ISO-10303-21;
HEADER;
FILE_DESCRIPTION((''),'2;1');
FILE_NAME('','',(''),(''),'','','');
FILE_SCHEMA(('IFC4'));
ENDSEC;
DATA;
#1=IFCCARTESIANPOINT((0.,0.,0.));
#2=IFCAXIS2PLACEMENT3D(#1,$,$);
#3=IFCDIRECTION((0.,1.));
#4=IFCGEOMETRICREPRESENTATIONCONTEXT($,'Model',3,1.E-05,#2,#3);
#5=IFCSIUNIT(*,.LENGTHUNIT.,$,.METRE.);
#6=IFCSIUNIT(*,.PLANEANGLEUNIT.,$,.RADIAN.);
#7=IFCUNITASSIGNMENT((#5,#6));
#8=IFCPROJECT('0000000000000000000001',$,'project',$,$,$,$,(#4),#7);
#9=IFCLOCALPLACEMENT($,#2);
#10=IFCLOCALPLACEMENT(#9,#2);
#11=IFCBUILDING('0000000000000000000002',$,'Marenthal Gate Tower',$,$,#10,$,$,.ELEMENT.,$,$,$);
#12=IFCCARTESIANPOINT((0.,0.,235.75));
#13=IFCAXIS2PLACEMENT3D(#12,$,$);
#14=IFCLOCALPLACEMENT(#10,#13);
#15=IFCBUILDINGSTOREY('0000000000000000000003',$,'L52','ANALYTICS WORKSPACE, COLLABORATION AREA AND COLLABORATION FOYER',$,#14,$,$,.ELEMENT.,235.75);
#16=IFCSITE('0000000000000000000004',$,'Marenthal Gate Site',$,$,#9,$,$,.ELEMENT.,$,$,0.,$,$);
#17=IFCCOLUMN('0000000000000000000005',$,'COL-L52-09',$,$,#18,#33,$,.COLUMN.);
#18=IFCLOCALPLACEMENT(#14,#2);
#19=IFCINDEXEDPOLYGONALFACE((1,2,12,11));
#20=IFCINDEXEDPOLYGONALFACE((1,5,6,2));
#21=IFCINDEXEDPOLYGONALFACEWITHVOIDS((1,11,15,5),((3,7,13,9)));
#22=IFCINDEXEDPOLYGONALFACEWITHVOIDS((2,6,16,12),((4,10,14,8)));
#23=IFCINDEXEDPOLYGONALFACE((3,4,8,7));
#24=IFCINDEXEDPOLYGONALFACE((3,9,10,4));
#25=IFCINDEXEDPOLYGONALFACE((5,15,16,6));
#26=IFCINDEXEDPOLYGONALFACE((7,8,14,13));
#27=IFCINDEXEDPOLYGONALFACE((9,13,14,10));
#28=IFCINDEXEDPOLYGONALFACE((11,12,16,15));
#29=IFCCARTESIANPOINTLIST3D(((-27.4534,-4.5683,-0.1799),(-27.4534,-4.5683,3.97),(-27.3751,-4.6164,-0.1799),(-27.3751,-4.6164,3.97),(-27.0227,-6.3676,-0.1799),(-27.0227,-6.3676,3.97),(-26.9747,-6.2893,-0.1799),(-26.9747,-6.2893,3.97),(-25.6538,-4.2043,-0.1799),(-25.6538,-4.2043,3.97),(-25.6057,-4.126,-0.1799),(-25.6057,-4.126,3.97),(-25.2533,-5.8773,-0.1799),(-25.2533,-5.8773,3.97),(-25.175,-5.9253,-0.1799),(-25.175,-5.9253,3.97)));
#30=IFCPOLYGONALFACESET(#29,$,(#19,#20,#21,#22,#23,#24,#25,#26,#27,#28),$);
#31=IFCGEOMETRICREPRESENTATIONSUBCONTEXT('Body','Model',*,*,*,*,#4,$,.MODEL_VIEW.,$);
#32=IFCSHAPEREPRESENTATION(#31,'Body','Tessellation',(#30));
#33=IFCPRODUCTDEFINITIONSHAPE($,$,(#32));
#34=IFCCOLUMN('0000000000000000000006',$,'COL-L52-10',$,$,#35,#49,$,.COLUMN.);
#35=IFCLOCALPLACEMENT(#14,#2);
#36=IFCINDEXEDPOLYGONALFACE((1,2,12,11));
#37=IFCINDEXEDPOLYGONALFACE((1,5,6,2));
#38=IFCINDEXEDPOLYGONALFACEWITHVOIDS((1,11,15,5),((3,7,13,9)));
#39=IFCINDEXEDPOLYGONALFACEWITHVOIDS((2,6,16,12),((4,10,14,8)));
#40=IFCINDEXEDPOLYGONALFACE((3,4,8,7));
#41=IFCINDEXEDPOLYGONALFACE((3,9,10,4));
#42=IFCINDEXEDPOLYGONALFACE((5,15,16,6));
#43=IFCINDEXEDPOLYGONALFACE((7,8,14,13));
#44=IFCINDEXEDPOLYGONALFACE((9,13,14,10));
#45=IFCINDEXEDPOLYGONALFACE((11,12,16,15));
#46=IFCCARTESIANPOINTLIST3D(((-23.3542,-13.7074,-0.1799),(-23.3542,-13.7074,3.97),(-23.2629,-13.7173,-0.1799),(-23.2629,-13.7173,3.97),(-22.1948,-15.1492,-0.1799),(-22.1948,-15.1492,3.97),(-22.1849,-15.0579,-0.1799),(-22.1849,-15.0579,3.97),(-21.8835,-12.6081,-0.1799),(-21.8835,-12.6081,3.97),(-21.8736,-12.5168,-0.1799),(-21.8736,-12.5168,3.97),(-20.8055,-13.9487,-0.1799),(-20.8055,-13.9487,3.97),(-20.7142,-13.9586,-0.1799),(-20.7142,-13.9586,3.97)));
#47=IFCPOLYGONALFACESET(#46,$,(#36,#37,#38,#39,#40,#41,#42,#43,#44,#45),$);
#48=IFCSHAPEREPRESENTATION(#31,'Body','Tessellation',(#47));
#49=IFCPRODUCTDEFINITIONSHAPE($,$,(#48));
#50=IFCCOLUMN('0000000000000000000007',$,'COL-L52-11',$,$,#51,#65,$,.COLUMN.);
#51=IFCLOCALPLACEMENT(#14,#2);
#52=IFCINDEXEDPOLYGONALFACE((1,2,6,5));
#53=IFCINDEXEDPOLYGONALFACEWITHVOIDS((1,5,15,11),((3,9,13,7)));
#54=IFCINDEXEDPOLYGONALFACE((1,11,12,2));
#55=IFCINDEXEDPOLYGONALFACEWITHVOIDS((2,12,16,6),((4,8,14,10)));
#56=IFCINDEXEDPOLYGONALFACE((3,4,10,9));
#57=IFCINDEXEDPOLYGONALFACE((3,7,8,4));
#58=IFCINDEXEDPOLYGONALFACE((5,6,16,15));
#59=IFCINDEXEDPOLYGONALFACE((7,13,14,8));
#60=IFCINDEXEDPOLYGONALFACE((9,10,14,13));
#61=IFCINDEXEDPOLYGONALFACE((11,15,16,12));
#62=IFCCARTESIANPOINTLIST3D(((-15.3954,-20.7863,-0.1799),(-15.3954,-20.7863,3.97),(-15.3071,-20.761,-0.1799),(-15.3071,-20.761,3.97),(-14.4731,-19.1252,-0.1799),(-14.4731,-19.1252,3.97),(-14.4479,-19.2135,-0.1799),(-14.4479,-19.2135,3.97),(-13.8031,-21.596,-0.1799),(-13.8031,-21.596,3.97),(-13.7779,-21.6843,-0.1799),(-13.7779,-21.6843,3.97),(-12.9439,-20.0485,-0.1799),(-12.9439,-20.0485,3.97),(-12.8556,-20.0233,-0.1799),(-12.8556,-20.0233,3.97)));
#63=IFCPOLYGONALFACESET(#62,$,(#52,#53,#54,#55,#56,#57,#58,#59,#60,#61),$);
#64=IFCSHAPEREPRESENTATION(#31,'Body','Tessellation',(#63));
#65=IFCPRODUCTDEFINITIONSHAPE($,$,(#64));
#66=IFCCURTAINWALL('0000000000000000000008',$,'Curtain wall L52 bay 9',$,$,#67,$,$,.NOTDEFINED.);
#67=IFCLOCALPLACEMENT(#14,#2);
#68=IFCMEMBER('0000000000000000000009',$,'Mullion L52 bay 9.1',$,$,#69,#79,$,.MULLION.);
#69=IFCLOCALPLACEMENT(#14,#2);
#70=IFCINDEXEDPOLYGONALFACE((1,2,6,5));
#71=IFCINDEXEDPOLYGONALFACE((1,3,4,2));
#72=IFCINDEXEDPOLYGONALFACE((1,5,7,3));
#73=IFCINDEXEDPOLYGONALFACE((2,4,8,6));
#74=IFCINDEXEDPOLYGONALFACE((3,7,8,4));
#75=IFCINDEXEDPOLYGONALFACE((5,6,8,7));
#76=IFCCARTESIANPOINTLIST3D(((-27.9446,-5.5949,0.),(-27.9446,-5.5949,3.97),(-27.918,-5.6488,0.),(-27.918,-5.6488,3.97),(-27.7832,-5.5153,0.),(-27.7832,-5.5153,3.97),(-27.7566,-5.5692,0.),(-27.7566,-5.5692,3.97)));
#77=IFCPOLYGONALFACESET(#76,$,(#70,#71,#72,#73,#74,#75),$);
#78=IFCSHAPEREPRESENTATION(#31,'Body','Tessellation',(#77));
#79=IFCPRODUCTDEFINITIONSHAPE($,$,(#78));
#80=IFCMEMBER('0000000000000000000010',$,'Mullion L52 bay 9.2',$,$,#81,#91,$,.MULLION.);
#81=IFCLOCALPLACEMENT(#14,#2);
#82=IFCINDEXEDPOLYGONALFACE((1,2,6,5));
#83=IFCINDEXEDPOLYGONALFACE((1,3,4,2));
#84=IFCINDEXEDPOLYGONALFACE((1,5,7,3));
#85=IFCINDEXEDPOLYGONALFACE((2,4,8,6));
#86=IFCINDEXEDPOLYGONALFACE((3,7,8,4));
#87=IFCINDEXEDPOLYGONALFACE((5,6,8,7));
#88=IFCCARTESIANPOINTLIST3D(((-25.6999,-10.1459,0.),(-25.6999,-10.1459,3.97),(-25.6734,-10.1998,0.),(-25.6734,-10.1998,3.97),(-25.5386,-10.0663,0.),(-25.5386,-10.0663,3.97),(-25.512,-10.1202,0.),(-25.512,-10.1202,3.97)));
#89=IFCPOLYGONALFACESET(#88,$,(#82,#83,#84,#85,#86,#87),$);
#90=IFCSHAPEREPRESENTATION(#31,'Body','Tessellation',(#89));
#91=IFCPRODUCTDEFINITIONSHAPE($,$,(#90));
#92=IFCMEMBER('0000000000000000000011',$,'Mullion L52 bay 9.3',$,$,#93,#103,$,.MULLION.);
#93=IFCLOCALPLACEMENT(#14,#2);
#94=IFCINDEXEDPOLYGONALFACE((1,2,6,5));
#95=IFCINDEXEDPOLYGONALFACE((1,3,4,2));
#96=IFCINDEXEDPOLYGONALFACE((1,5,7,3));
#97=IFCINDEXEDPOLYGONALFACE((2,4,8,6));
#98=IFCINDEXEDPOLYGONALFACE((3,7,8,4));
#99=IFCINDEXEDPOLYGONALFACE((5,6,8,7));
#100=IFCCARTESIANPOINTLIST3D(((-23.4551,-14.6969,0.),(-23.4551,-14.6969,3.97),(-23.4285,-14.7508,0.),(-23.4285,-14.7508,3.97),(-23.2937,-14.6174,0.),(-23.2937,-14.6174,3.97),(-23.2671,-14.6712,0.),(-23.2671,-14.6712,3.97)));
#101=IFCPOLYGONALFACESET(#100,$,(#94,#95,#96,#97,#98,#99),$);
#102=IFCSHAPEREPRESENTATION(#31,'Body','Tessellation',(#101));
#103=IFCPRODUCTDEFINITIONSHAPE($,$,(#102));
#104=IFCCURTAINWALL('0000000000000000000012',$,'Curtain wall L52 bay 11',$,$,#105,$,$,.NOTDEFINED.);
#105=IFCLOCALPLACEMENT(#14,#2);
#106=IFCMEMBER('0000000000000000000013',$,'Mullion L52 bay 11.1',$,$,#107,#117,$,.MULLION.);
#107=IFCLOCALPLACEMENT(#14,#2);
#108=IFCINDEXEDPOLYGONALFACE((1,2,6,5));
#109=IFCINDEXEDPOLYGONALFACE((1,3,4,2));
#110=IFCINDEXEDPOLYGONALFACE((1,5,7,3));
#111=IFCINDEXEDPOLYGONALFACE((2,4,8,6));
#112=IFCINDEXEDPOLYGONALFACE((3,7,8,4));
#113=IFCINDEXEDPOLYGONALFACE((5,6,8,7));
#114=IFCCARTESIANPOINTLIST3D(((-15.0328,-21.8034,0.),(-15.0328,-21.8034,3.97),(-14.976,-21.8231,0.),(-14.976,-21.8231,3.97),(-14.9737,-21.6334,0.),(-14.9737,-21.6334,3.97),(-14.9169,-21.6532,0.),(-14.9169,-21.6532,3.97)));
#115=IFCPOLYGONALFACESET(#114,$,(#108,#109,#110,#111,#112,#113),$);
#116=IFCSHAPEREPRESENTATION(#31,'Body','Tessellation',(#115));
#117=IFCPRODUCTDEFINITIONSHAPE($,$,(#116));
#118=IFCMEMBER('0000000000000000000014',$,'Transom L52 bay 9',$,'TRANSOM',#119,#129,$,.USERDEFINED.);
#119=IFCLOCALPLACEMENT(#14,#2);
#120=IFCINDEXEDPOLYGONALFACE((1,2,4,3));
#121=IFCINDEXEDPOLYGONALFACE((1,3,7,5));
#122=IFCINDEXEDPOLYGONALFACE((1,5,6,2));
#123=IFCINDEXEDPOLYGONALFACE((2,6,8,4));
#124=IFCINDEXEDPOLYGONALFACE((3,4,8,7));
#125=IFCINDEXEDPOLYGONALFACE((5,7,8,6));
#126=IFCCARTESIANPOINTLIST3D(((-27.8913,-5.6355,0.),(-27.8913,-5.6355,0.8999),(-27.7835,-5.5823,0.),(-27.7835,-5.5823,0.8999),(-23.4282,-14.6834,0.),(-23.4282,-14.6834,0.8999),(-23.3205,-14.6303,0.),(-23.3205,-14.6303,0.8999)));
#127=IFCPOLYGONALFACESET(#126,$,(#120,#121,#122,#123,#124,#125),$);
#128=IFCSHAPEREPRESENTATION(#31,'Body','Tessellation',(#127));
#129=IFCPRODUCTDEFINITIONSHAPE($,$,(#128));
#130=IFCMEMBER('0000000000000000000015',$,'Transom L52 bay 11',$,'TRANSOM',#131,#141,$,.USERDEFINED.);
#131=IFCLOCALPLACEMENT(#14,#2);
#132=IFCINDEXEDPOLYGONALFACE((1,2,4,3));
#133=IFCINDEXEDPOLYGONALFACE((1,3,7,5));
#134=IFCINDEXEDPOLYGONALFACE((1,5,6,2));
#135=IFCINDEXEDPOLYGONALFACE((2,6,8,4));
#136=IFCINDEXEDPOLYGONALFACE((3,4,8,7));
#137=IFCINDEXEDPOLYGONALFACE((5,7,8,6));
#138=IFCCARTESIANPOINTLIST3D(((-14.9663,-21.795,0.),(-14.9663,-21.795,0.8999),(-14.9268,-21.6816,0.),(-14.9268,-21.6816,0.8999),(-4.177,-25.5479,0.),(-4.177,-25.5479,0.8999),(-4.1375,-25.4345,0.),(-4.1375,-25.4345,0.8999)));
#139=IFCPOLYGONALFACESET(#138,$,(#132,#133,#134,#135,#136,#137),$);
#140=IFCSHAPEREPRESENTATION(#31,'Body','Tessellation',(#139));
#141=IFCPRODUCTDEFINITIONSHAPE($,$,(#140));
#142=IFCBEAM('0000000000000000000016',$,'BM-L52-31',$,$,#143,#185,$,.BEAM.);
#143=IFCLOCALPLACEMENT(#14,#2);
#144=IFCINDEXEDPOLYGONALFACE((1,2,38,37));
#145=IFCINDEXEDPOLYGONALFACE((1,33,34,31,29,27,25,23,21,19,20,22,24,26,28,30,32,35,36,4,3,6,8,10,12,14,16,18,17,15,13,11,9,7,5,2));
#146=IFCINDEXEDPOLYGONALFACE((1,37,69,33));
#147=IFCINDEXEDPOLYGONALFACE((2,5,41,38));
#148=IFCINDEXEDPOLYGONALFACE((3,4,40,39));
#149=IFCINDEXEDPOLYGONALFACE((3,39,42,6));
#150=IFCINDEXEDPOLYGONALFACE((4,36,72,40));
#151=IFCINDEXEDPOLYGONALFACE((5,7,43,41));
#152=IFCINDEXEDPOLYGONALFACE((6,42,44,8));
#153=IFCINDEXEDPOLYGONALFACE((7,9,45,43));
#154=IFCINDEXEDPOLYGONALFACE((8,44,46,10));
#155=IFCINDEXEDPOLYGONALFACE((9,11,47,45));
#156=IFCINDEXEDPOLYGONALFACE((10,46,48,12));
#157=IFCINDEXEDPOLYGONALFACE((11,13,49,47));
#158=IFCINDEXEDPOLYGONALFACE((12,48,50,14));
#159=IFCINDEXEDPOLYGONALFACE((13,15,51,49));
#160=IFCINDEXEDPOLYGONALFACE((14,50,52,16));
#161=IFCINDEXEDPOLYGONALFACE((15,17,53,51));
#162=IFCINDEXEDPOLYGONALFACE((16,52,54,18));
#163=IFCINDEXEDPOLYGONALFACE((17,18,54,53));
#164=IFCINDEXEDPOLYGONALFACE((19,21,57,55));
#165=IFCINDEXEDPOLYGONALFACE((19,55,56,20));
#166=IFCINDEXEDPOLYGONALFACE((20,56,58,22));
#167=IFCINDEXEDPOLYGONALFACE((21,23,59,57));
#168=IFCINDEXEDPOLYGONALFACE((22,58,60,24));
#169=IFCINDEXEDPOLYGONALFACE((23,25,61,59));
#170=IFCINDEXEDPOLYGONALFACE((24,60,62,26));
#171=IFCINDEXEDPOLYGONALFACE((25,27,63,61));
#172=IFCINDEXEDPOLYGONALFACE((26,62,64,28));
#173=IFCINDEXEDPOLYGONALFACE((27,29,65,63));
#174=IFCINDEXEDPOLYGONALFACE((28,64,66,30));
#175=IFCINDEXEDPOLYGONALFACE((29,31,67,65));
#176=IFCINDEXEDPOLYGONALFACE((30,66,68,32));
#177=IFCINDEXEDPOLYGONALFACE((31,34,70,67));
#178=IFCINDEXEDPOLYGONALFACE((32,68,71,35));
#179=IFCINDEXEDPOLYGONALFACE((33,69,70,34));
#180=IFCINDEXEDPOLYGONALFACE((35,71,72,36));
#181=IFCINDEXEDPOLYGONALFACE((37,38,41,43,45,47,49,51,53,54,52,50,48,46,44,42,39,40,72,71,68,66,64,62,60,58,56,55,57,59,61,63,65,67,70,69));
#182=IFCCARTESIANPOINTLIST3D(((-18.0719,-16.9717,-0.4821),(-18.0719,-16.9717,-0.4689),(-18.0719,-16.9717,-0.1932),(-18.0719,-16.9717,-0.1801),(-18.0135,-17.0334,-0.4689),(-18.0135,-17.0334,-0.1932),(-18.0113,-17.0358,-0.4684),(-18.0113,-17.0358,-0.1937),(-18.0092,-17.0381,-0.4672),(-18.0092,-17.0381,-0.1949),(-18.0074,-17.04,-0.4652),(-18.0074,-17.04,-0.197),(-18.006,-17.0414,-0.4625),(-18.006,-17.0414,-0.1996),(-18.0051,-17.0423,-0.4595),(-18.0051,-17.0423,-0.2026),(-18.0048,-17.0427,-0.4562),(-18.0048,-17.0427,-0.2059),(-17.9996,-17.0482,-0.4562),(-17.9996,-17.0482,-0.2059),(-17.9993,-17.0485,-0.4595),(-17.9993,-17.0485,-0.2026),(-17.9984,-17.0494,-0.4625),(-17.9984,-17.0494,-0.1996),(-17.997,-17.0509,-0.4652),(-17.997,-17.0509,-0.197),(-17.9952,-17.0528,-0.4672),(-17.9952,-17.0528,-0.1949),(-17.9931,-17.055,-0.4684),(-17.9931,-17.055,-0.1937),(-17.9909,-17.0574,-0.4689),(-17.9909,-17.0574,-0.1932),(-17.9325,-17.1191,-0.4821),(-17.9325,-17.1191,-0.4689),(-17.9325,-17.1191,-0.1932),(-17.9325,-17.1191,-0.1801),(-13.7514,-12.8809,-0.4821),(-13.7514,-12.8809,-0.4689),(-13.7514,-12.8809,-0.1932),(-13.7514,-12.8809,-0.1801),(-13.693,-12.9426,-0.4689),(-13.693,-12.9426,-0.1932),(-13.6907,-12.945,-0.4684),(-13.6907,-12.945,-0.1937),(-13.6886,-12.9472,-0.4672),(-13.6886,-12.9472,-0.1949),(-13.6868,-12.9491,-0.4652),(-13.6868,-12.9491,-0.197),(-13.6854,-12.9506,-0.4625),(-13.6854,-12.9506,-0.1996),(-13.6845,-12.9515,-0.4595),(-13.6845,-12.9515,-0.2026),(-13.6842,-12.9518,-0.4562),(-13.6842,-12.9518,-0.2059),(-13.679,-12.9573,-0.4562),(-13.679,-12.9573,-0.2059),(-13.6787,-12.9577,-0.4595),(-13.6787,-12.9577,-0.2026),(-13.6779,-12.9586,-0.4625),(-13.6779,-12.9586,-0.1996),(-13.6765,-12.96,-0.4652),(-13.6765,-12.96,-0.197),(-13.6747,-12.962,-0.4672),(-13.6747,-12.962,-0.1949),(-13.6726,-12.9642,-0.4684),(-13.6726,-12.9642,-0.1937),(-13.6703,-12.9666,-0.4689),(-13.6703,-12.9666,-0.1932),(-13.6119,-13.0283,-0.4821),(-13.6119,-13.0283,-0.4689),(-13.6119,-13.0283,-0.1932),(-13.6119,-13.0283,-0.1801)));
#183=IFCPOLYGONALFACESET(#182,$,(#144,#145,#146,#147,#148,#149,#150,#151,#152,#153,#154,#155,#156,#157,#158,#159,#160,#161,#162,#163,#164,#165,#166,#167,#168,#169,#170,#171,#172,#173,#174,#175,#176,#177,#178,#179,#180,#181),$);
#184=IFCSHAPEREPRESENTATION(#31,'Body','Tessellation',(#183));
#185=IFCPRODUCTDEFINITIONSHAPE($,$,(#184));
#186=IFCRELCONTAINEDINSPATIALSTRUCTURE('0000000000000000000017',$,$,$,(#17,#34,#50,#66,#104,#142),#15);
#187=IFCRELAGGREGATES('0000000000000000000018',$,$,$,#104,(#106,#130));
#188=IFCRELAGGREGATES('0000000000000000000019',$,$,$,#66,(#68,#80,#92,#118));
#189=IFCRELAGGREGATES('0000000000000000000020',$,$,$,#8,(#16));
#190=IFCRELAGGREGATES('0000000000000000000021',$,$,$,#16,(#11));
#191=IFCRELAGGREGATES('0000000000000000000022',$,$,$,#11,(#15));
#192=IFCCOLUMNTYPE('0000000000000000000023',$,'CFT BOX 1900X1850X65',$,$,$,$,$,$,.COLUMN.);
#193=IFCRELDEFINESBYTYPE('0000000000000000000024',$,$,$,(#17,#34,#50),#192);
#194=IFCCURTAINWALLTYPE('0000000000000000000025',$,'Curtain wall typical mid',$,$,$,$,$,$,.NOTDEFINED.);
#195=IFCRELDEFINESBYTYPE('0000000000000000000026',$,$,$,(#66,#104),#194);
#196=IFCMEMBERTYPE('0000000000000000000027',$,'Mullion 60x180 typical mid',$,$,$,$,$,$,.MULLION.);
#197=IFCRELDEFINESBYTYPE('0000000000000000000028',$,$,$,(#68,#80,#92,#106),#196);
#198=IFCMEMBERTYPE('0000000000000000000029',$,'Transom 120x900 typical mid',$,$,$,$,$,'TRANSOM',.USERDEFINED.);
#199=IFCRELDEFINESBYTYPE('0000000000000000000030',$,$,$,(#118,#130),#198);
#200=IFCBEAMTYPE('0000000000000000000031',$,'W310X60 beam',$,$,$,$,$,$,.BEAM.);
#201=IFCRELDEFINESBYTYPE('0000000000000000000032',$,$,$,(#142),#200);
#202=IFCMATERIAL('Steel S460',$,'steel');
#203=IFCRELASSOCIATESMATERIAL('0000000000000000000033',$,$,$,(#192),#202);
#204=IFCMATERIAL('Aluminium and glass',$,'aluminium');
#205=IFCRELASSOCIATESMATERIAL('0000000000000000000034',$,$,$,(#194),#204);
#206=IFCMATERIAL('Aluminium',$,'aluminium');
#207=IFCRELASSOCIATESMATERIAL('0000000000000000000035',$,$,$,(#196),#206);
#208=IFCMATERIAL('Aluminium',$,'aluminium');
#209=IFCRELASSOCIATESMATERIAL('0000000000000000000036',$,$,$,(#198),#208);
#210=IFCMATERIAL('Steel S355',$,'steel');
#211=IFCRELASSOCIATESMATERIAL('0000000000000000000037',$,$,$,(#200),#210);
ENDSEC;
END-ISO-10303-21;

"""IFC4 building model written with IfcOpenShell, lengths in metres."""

from ifc_helpers import new_model, si_unit, direction, frame, origin, origin_2d, place, context, subcontext, project, spatial, rectangle, hollow_rectangle, i_section, extrude, material, material_profile, profile_set, type_object, element, aggregate, save


model = new_model("IFC4")

# Units and contexts
model_context = context("Model", 3, precision=1e-05, world=origin(), true_north=direction((0.0, 1.0)))
body_context = subcontext(model_context, "Body", "Model", "MODEL_VIEW")
ifc_project = project(units=[si_unit("LENGTHUNIT", "METRE"), si_unit("PLANEANGLEUNIT", "RADIAN")], contexts=[model_context])

# Site, building, storey
site_placement = place(None, origin())
site = spatial("IfcSite", under=ifc_project, at=site_placement, Name="Marenthal Gate Site", CompositionType="ELEMENT", RefElevation=0.0)
building_placement = place(site_placement, origin())
building = spatial("IfcBuilding", under=site, at=building_placement, Name="Marenthal Gate Tower", CompositionType="ELEMENT")
storey_placement = place(building_placement, frame((0.0, 0.0, 235.75)))
storey = spatial("IfcBuildingStorey", under=building, at=storey_placement, Name="L52", Description="ANALYTICS WORKSPACE, COLLABORATION AREA AND COLLABORATION FOYER", CompositionType="ELEMENT", Elevation=235.75)

# Columns
ifc_material_1 = material(Name="Steel S460", Category="steel")
ifc_material_profile_1 = material_profile(ifc_material_1, hollow_rectangle(XDim=1.8501, YDim=1.8999, WallThickness=0.0649, at=origin_2d()), Name="CFT BOX 1900X1850X65")
ifc_material_2 = material(Name="Concrete 70 MPa", Category="concrete")
ifc_material_profile_2 = material_profile(ifc_material_2, rectangle(XDim=1.72, YDim=1.77, at=origin_2d()), Name="CFT BOX 1900X1850X65 INFILL")
ifc_profile_set_1 = profile_set([ifc_material_profile_1, ifc_material_profile_2], Name="Steel S460 shell, Concrete 70 MPa infill")
column_type = type_object("IfcColumnType", Name="CFT BOX 1900X1850X65", PredefinedType="COLUMN", material=ifc_profile_set_1)
for number, where, z_axis, x_axis, name in (
    (1, (-26.3142, -5.2468, -0.1799), (0.0, 0.0, 1.0), (-0.232804, 0.972524, 0.0), "COL-L52-09"),
    (2, (-22.0342, -13.833, -0.1799), (0.0, 0.0, 1.0), (-0.626651, 0.7793, 0.0), "COL-L52-10"),
    (3, (-14.1255, -20.4048, -0.1799), (0.0, 0.0, 1.0), (-0.874282, 0.485419, 0.0), "COL-L52-11"),
):
    element("IfcColumn", number, at=place(storey_placement, frame(where, z_axis=z_axis, x_axis=x_axis)), inside=storey, type_object=column_type, Name=name, PredefinedType="COLUMN", context=body_context, shape_type="SweptSolid", body=[
        extrude(hollow_rectangle(XDim=1.8501, YDim=1.8999, WallThickness=0.0649, at=origin_2d()), origin(), (0.0, 0.0, 1.0), 4.1499),
    ])

# Curtain wall, members
ifc_material_3 = material(Name="Aluminium and glass", Category="aluminium")
curtain_wall_type = type_object("IfcCurtainWallType", Name="Curtain wall typical mid", PredefinedType="NOTDEFINED", material=ifc_material_3)
curtain_wall_1_placement = place(storey_placement, origin())
curtain_wall_1 = element("IfcCurtainWall", 4, at=curtain_wall_1_placement, inside=storey, type_object=curtain_wall_type, Name="Curtain wall L52 bay 9", PredefinedType="NOTDEFINED")
ifc_material_4 = material(Name="Aluminium", Category="aluminium")
ifc_material_profile_3 = material_profile(ifc_material_4, rectangle(XDim=0.1799, YDim=0.0601, at=origin_2d()), Name="60x180 aluminium mullion")
ifc_profile_set_2 = profile_set([ifc_material_profile_3], Name="Aluminium")
member_type_1 = type_object("IfcMemberType", Name="Mullion 60x180 typical mid", PredefinedType="MULLION", material=ifc_profile_set_2)
member_1_placement = place(storey_placement, frame((-27.8506, -5.582, 0.0), z_axis=(0.0, 0.0, 1.0), x_axis=(0.896835, 0.442364, 0.0)))
member_1 = element("IfcMember", 5, at=member_1_placement, type_object=member_type_1, Name="Mullion L52 bay 9.1", PredefinedType="MULLION", context=body_context, shape_type="SweptSolid", body=[
    extrude(rectangle(XDim=0.1799, YDim=0.0601, at=origin_2d()), origin(), (0.0, 0.0, 1.0), 3.97),
])
member_2_placement = place(storey_placement, frame((-25.606, -10.1331, 0.0), z_axis=(0.0, 0.0, 1.0), x_axis=(0.896835, 0.442364, 0.0)))
member_2 = element("IfcMember", 6, at=member_2_placement, type_object=member_type_1, Name="Mullion L52 bay 9.2", PredefinedType="MULLION", context=body_context, shape_type="SweptSolid", body=[
    extrude(rectangle(XDim=0.1799, YDim=0.0601, at=origin_2d()), origin(), (0.0, 0.0, 1.0), 3.97),
])
member_3_placement = place(storey_placement, frame((-23.3611, -14.6841, 0.0), z_axis=(0.0, 0.0, 1.0), x_axis=(0.896835, 0.442364, 0.0)))
member_3 = element("IfcMember", 7, at=member_3_placement, type_object=member_type_1, Name="Mullion L52 bay 9.3", PredefinedType="MULLION", context=body_context, shape_type="SweptSolid", body=[
    extrude(rectangle(XDim=0.1799, YDim=0.0601, at=origin_2d()), origin(), (0.0, 0.0, 1.0), 3.97),
])

# Curtain wall, member
curtain_wall_2_placement = place(storey_placement, origin())
curtain_wall_2 = element("IfcCurtainWall", 8, at=curtain_wall_2_placement, inside=storey, type_object=curtain_wall_type, Name="Curtain wall L52 bay 11", PredefinedType="NOTDEFINED")
member_4_placement = place(storey_placement, frame((-14.9749, -21.7283, 0.0), z_axis=(0.0, 0.0, 1.0), x_axis=(0.32854, 0.94449, 0.0)))
member_4 = element("IfcMember", 9, at=member_4_placement, type_object=member_type_1, Name="Mullion L52 bay 11.1", PredefinedType="MULLION", context=body_context, shape_type="SweptSolid", body=[
    extrude(rectangle(XDim=0.1799, YDim=0.0601, at=origin_2d()), origin(), (0.0, 0.0, 1.0), 3.97),
])

# Members
ifc_material_5 = material(Name="Aluminium", Category="aluminium")
ifc_material_profile_4 = material_profile(ifc_material_5, rectangle(XDim=0.1201, YDim=0.8999, at=origin_2d()), Name="120x900 aluminium transom")
ifc_profile_set_3 = profile_set([ifc_material_profile_4], Name="Aluminium")
member_type_2 = type_object("IfcMemberType", Name="Transom 120x900 typical mid", ElementType="TRANSOM", PredefinedType="USERDEFINED", material=ifc_profile_set_3)
member_5_placement = place(storey_placement, frame((-27.8374, -5.6089, 0.45), z_axis=(0.442377, -0.896829, 0.0), x_axis=(0.896829, 0.442377, 0.0)))
member_5 = element("IfcMember", 10, at=member_5_placement, type_object=member_type_2, Name="Transom L52 bay 9", ObjectType="TRANSOM", PredefinedType="USERDEFINED", context=body_context, shape_type="SweptSolid", body=[
    extrude(rectangle(XDim=0.1201, YDim=0.8999, at=origin_2d()), origin(), (0.0, 0.0, 1.0), 10.0889),
])
member_6_placement = place(storey_placement, frame((-14.9465, -21.7383, 0.45), z_axis=(0.944493, -0.328531, 0.0), x_axis=(0.328531, 0.944493, 0.0)))
member_6 = element("IfcMember", 11, at=member_6_placement, type_object=member_type_2, Name="Transom L52 bay 11", ObjectType="TRANSOM", PredefinedType="USERDEFINED", context=body_context, shape_type="SweptSolid", body=[
    extrude(rectangle(XDim=0.1201, YDim=0.8999, at=origin_2d()), origin(), (0.0, 0.0, 1.0), 11.4233),
])
aggregate(curtain_wall_2, [member_4, member_6])

# Beam
ifc_material_6 = material(Name="Steel S355", Category="steel")
ifc_material_profile_5 = material_profile(ifc_material_6, i_section(OverallWidth=0.2029, OverallDepth=0.302, WebThickness=0.0076, FlangeThickness=0.0132, FilletRadius=0.0127, at=origin_2d()), Name="W310X60")
ifc_profile_set_4 = profile_set([ifc_material_profile_5], Name="Steel S355")
beam_type_1 = type_object("IfcBeamType", Name="W310X60 beam", PredefinedType="BEAM", material=ifc_profile_set_4)
beam_1_placement = place(storey_placement, frame((-18.0022, -17.0454, -0.3311), z_axis=(0.726149, 0.687537, 0.0), x_axis=(-0.687537, 0.726149, 0.0)))
element("IfcBeam", 12, at=beam_1_placement, inside=storey, type_object=beam_type_1, Name="BM-L52-31", PredefinedType="BEAM", context=body_context, shape_type="SweptSolid", body=[
    extrude(i_section(OverallWidth=0.2029, OverallDepth=0.302, WebThickness=0.0076, FlangeThickness=0.0132, FilletRadius=0.0127, at=origin_2d()), origin(), (0.0, 0.0, 1.0), 5.95),
])

aggregate(curtain_wall_1, [member_1, member_2, member_3, member_5])

save(model, "model.ifc")
